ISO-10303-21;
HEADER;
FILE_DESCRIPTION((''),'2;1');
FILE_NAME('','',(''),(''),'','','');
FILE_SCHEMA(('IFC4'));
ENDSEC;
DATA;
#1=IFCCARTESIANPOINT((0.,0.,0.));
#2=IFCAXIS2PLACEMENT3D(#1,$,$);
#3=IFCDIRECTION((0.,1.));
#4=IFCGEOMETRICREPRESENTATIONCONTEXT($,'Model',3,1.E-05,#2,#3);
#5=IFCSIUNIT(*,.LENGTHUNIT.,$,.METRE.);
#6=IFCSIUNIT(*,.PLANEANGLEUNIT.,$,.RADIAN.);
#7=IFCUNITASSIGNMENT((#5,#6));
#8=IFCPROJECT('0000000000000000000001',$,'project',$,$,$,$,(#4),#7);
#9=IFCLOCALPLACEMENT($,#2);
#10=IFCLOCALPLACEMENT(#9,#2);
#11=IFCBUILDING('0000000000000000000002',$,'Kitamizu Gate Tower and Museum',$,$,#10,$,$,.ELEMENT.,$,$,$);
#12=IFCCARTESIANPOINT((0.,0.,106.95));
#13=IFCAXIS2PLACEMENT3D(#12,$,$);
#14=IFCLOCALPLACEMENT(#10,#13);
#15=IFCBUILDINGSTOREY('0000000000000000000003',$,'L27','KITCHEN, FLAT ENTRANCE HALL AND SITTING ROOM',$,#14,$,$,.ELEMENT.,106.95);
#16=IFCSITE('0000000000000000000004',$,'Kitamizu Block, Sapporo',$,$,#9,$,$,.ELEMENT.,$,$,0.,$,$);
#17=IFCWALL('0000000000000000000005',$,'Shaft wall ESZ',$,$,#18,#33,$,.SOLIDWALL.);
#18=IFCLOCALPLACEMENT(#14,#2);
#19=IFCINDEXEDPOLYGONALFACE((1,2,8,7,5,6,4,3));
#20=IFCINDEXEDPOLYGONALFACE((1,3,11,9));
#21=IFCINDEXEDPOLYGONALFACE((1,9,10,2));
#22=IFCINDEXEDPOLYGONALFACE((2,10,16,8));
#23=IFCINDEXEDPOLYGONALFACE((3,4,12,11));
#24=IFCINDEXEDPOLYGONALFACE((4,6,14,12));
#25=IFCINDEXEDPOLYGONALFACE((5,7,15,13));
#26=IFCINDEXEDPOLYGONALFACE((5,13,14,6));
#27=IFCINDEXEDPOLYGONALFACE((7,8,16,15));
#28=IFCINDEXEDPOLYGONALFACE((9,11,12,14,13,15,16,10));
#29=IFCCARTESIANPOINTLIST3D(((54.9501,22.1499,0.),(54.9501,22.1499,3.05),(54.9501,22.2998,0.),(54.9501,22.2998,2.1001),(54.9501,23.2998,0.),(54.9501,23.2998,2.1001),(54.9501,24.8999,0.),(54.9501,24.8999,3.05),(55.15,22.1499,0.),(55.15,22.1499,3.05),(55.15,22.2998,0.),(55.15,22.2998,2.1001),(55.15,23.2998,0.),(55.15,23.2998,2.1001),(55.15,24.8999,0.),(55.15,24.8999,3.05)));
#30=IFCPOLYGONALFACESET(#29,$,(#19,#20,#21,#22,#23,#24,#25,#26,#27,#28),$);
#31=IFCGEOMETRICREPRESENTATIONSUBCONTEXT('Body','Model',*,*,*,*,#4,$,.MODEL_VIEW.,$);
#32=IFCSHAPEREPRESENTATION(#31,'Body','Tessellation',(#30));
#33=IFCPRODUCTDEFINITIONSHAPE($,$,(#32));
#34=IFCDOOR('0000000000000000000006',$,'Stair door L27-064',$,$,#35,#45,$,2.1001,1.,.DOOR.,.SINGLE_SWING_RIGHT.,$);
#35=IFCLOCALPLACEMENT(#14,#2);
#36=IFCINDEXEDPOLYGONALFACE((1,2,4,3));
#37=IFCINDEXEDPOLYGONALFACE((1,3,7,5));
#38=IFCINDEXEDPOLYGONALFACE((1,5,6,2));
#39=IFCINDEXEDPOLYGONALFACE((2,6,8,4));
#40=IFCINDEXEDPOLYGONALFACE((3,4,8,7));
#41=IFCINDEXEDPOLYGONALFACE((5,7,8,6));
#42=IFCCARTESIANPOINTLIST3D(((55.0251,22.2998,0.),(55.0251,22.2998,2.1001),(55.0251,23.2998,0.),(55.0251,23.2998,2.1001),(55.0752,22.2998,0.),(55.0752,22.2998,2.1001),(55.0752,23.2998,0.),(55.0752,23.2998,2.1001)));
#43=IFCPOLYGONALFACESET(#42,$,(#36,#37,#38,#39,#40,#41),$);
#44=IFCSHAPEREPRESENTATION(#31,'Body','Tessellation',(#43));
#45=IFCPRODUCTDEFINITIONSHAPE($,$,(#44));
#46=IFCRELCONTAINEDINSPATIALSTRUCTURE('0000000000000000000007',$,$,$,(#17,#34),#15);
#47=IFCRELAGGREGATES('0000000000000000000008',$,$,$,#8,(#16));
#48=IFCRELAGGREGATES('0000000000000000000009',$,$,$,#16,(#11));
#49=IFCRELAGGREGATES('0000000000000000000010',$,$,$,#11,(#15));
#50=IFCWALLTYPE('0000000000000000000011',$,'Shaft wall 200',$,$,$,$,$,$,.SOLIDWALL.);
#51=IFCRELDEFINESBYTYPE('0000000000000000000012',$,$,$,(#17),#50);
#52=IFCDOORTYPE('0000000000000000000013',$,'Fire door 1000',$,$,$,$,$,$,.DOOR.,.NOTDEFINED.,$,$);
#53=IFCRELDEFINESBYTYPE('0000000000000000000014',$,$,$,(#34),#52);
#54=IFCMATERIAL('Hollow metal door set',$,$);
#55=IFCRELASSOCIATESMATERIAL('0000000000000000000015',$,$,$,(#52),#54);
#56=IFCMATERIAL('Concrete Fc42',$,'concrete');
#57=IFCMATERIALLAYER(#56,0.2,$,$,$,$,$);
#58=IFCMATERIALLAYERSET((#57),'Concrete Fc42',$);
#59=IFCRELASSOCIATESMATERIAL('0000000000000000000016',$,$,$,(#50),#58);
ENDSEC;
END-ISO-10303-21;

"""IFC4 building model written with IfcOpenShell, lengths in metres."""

from ifc_helpers import new_model, si_unit, direction, frame, frame_2d, origin, place, context, subcontext, project, spatial, rectangle, extrude, material, layer, layer_set, type_object, element, fill, save


model = new_model("IFC4")

# Units and contexts
model_context = context("Model", 3, precision=1e-05, world=origin(), true_north=direction((0.0, 1.0)))
body_context = subcontext(model_context, "Body", "Model", "MODEL_VIEW")
ifc_project = project(units=[si_unit("LENGTHUNIT", "METRE"), si_unit("PLANEANGLEUNIT", "RADIAN")], contexts=[model_context])

# Site, building, storey
site_placement = place(None, origin())
site = spatial("IfcSite", under=ifc_project, at=site_placement, Name="Kitamizu Block, Sapporo", CompositionType="ELEMENT", RefElevation=0.0)
building_placement = place(site_placement, origin())
building = spatial("IfcBuilding", under=site, at=building_placement, Name="Kitamizu Gate Tower and Museum", CompositionType="ELEMENT")
storey_placement = place(building_placement, frame((0.0, 0.0, 106.95)))
storey = spatial("IfcBuildingStorey", under=building, at=storey_placement, Name="L27", Description="KITCHEN, FLAT ENTRANCE HALL AND SITTING ROOM", CompositionType="ELEMENT", Elevation=106.95)

# Shared definitions
ifc_material_1 = material(Name="Hollow metal door set")
door_type_1 = type_object("IfcDoorType", Name="Fire door 1000", OperationType="NOTDEFINED", PredefinedType="DOOR", material=ifc_material_1)

# Shared definitions
ifc_material_2 = material(Name="Concrete Fc42", Category="concrete")
ifc_layer_1 = layer(ifc_material_2, 0.2)
ifc_layer_set_1 = layer_set([ifc_layer_1], Name="Concrete Fc42")
wall_type_1 = type_object("IfcWallType", Name="Shaft wall 200", PredefinedType="SOLIDWALL", material=ifc_layer_set_1)

# Wall, opening, door
wall_1_placement = place(storey_placement, frame((55.05, 22.1499, 0.0), z_axis=(0.0, 0.0, 1.0), x_axis=(0.0, 1.0, 0.0)))
wall_1 = element("IfcWall", 1, at=wall_1_placement, inside=storey, type_object=wall_type_1, Name="Shaft wall ESZ", PredefinedType="SOLIDWALL", context=body_context, shape_type="SweptSolid", body=[
    extrude(rectangle(XDim=2.75, YDim=0.2, at=frame_2d((1.375, 0.0))), origin(), (0.0, 0.0, 1.0), 3.05),
])
opening_1_placement = place(wall_1_placement, frame((0.1499, 0.0, 0.0)))
opening_1 = element("IfcOpeningElement", 2, at=opening_1_placement, cuts=wall_1, PredefinedType="OPENING", context=body_context, shape_type="SweptSolid", body=[
    extrude(rectangle(XDim=1.0, YDim=2.1001, at=frame_2d((0.5, 1.05))), frame((0.0, 0.1099, 0.0), z_axis=(0.0, -1.0, 0.0), x_axis=(1.0, 0.0, 0.0)), (0.0, 0.0, 1.0), 0.22),
])
door_1_placement = place(opening_1_placement, origin())
door_1 = element("IfcDoor", 3, at=door_1_placement, inside=storey, type_object=door_type_1, Name="Stair door L27-064", OperationType="SINGLE_SWING_RIGHT", OverallHeight=2.1001, OverallWidth=1.0, PredefinedType="DOOR", context=body_context, shape_type="SweptSolid", body=[
    extrude(rectangle(XDim=1.0, YDim=2.1001, at=frame_2d((0.5, 1.05))), frame((0.0, 0.0249, 0.0), z_axis=(0.0, -1.0, 0.0), x_axis=(1.0, 0.0, 0.0)), (0.0, 0.0, 1.0), 0.05),
])
fill(opening_1, door_1)

save(model, "model.ifc")
